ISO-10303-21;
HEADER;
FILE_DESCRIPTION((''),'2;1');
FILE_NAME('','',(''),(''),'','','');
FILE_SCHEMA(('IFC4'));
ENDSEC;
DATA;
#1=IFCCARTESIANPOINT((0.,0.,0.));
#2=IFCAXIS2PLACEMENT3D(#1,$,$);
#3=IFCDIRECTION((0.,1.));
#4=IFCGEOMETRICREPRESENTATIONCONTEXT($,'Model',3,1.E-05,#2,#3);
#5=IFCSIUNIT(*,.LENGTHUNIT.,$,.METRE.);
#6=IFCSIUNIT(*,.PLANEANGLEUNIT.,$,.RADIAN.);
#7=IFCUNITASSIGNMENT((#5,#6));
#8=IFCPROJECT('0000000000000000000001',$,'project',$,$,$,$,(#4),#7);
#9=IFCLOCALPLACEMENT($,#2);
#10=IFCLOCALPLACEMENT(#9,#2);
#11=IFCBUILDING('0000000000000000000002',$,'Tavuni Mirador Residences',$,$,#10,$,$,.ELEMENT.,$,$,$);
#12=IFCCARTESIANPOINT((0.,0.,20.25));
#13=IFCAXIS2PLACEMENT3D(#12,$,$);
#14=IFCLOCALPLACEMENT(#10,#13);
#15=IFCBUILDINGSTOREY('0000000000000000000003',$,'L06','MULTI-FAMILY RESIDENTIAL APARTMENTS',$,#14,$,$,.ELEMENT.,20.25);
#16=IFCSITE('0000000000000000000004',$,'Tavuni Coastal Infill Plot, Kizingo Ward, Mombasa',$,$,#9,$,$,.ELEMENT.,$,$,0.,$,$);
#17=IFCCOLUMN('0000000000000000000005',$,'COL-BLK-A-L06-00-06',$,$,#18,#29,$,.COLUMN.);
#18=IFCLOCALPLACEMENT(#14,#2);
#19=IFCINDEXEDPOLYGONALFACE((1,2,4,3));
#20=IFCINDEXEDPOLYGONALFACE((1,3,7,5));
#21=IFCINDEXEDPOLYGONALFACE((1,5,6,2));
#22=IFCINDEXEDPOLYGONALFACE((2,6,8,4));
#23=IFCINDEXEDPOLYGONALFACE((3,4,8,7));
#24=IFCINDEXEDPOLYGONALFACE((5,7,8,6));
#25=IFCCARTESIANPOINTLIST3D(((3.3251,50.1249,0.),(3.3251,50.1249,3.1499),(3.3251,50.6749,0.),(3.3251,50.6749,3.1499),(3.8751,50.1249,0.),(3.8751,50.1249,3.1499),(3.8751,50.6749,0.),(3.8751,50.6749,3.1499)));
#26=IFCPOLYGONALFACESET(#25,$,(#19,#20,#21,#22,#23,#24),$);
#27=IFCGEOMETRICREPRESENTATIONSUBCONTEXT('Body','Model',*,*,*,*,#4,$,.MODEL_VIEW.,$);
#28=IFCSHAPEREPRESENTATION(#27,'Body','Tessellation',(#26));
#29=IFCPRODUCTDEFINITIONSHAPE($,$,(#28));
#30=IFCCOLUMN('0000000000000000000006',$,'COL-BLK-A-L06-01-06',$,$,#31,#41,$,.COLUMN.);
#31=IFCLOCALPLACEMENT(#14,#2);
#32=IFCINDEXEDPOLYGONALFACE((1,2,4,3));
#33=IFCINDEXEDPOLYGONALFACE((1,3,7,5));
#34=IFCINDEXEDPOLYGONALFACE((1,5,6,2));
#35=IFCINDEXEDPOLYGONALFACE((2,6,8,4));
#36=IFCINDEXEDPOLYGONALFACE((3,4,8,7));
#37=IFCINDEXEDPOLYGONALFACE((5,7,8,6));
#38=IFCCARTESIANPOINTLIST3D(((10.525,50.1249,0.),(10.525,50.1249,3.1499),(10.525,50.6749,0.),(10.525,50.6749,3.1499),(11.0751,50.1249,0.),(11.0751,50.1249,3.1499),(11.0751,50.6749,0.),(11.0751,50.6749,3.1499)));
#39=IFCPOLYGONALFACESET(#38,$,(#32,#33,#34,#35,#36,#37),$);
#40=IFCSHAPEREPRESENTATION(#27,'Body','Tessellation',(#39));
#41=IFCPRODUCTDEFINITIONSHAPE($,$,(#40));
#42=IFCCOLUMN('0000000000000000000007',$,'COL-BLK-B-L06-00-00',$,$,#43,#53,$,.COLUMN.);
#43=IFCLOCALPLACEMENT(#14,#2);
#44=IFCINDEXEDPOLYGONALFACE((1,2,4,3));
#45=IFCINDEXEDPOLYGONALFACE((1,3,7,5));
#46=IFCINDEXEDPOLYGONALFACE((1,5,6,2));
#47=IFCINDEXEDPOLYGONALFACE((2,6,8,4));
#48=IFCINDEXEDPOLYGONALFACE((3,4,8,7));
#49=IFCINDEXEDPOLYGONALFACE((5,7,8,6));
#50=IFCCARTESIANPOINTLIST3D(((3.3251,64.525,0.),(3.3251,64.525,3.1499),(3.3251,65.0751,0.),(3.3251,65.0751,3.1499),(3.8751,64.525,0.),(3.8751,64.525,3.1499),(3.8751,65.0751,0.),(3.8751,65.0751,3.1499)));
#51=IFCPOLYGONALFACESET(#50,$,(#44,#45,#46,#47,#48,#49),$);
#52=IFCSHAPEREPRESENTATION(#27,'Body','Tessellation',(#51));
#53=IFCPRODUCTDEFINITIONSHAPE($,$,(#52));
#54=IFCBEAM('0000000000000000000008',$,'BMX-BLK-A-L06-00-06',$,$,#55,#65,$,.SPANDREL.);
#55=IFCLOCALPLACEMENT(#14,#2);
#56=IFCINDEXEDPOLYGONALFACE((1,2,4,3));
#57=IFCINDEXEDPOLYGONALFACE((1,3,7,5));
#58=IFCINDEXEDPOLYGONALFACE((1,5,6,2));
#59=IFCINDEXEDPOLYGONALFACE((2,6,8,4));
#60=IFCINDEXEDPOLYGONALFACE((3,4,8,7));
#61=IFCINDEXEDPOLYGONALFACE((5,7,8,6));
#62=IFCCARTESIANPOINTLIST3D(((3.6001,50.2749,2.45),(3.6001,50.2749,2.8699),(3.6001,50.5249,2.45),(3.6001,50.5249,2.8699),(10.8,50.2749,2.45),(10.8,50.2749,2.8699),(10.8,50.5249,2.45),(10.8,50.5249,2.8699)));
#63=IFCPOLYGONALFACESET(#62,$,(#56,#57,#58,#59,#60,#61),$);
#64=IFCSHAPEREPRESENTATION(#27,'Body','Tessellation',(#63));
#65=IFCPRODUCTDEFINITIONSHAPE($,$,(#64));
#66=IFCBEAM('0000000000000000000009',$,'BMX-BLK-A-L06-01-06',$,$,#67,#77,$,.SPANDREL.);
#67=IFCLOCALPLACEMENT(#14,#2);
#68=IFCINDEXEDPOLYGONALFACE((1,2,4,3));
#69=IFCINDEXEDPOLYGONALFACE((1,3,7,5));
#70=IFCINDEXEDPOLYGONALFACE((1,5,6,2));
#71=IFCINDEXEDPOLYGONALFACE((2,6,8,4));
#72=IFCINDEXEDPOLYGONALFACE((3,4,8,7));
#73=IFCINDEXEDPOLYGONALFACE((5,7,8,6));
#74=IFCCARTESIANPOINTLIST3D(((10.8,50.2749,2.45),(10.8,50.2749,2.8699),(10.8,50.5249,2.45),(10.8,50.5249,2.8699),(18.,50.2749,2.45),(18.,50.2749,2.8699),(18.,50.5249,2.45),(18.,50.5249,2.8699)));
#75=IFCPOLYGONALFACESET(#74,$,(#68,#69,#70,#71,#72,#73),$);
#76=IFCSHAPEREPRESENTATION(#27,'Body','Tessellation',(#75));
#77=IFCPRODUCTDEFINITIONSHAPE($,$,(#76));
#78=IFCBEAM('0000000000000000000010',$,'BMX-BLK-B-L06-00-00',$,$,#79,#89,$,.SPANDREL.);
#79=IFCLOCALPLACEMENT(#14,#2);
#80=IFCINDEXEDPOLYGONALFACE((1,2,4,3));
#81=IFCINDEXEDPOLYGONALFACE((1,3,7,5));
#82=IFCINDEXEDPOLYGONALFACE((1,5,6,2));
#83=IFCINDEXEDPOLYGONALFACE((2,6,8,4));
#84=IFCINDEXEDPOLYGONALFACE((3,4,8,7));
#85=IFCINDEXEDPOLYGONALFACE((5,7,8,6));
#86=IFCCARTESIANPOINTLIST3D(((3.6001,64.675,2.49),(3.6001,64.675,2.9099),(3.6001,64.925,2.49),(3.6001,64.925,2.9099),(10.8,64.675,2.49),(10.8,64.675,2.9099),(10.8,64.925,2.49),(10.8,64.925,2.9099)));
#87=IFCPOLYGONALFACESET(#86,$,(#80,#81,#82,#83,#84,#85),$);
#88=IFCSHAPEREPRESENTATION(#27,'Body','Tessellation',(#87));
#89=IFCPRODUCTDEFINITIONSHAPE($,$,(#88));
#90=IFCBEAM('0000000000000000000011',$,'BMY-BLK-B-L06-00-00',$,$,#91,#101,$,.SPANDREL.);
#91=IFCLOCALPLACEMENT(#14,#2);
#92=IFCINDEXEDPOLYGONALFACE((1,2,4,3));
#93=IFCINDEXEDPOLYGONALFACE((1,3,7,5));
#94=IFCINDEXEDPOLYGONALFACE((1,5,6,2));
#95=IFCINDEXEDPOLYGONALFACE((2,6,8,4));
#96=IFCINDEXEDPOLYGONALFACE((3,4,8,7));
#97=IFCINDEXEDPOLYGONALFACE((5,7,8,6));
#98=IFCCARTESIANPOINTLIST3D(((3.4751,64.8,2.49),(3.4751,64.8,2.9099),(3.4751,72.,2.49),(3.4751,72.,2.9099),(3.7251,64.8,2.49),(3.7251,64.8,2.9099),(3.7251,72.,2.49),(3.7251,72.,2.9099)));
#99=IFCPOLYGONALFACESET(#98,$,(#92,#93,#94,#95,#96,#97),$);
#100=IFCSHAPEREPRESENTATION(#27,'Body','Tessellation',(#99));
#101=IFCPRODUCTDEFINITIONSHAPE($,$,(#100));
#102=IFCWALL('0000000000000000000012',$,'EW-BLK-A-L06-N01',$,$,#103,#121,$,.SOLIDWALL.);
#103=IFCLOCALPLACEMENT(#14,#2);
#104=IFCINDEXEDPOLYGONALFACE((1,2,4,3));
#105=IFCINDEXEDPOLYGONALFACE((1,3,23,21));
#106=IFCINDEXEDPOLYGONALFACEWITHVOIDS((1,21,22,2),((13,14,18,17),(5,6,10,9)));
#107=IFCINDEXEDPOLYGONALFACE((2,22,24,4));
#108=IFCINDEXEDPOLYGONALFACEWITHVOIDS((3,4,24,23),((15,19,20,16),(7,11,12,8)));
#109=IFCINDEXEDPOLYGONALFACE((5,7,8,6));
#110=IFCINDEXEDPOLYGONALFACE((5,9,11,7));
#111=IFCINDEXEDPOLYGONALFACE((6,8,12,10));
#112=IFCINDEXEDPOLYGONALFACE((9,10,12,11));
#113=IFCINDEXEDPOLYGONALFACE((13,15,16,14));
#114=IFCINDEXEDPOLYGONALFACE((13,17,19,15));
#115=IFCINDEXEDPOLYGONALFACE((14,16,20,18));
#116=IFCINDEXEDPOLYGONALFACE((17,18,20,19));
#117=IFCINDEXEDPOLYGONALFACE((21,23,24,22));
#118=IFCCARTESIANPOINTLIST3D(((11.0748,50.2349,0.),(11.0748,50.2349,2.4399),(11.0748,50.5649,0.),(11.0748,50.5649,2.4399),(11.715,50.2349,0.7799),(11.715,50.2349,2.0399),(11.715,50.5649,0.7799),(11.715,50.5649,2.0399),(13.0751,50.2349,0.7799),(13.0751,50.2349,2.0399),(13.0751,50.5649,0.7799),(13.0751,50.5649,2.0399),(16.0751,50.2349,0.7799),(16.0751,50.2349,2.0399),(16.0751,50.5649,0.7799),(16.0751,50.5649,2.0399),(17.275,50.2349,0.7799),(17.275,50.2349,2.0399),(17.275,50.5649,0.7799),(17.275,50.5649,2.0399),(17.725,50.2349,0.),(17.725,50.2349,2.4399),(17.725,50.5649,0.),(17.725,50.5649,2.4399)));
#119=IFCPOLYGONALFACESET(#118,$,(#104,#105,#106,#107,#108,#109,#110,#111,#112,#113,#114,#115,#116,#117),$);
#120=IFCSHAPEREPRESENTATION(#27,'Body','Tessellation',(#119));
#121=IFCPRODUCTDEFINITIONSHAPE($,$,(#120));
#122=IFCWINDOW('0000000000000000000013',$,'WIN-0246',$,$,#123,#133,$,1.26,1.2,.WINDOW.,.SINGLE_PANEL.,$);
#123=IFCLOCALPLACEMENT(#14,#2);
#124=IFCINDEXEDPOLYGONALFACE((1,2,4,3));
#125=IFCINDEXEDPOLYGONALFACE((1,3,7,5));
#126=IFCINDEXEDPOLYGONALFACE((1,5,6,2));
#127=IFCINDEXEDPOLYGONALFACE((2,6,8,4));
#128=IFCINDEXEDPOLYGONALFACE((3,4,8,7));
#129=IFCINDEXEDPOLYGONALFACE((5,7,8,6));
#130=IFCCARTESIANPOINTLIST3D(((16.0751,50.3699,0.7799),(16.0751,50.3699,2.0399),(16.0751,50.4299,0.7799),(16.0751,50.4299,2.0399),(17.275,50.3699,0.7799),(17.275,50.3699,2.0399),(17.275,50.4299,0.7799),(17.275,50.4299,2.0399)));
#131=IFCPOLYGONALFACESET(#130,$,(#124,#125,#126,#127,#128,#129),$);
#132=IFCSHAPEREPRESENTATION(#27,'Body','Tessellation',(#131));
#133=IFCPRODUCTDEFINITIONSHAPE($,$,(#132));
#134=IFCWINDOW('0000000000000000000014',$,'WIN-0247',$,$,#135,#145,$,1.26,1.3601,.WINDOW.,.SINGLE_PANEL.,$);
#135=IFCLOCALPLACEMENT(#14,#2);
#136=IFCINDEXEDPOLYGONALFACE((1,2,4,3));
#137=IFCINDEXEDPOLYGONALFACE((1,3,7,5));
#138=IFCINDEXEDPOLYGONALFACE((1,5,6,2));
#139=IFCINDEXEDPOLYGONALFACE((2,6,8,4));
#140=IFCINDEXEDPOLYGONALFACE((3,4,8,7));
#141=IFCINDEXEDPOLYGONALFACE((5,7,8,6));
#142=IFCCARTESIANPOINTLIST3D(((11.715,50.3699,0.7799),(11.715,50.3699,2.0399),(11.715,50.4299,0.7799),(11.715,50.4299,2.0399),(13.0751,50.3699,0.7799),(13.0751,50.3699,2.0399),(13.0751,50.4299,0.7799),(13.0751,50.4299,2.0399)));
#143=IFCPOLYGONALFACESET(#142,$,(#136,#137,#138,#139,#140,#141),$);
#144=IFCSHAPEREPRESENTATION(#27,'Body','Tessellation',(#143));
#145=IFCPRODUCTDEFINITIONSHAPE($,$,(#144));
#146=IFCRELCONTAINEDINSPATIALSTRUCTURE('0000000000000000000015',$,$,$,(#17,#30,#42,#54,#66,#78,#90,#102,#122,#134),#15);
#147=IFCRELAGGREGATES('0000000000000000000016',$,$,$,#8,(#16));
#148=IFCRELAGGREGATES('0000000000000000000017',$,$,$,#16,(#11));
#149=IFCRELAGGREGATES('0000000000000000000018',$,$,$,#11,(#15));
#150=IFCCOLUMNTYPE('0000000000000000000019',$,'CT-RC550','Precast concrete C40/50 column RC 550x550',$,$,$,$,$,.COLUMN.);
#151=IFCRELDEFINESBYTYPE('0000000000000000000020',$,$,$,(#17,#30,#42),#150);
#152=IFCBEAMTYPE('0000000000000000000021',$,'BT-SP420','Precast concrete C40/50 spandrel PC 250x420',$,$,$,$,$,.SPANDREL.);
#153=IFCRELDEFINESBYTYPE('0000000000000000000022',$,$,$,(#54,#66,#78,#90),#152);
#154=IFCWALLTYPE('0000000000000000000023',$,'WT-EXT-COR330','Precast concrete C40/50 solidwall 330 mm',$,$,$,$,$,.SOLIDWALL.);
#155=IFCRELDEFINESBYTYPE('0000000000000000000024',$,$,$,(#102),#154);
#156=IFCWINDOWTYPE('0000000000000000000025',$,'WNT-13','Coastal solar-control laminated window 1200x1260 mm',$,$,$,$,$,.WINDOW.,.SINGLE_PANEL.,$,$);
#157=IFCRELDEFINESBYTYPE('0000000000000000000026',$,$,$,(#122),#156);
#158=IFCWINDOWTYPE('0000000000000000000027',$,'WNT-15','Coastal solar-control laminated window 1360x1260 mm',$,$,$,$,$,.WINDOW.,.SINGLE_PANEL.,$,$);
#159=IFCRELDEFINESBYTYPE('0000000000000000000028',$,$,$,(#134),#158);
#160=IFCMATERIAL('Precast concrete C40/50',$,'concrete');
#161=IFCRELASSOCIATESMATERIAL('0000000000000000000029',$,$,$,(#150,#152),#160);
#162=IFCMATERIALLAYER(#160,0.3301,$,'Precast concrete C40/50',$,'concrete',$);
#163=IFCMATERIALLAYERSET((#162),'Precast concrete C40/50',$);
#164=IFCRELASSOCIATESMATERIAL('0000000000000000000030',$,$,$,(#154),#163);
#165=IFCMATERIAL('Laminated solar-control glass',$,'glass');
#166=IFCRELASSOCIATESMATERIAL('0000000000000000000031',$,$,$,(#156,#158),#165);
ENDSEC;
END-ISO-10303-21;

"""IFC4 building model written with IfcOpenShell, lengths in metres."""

from ifc_helpers import new_model, si_unit, direction, frame, frame_2d, origin, origin_2d, place, context, subcontext, project, spatial, rectangle, extrude, material, layer, layer_set, material_profile, profile_set, type_object, element, fill, save


model = new_model("IFC4")

# Units and contexts
model_context = context("Model", 3, precision=1e-05, world=origin(), true_north=direction((0.0, 1.0)))
body_context = subcontext(model_context, "Body", "Model", "MODEL_VIEW")
ifc_project = project(units=[si_unit("LENGTHUNIT", "METRE"), si_unit("PLANEANGLEUNIT", "RADIAN")], contexts=[model_context])

# Site, building, storey
site_placement = place(None, origin())
site = spatial("IfcSite", under=ifc_project, at=site_placement, Name="Tavuni Coastal Infill Plot, Kizingo Ward, Mombasa", CompositionType="ELEMENT", RefElevation=0.0)
building_placement = place(site_placement, origin())
building = spatial("IfcBuilding", under=site, at=building_placement, Name="Tavuni Mirador Residences", CompositionType="ELEMENT")
storey_placement = place(building_placement, frame((0.0, 0.0, 20.25)))
storey = spatial("IfcBuildingStorey", under=building, at=storey_placement, Name="L06", Description="MULTI-FAMILY RESIDENTIAL APARTMENTS", CompositionType="ELEMENT", Elevation=20.25)

# Columns
ifc_material_1 = material(Name="Precast concrete C40/50", Category="concrete")
ifc_material_profile_1 = material_profile(ifc_material_1, rectangle(XDim=0.55, YDim=0.55, at=origin_2d()), Name="RC 550x550", Category="concrete")
ifc_profile_set_1 = profile_set([ifc_material_profile_1], Name="Precast concrete C40/50")
column_type = type_object("IfcColumnType", Name="CT-RC550", Description="Precast concrete C40/50 column RC 550x550", PredefinedType="COLUMN", material=ifc_profile_set_1)
for number, where, z_axis, x_axis, name in (
    (1, (3.6001, 50.3999, 0.0), (0.0, 0.0, 1.0), (1.0, 0.0, 0.0), "COL-BLK-A-L06-00-06"),
    (2, (10.8, 50.3999, 0.0), (0.0, 0.0, 1.0), (1.0, 0.0, 0.0), "COL-BLK-A-L06-01-06"),
    (3, (3.6001, 64.8, 0.0), (0.0, 0.0, 1.0), (1.0, 0.0, 0.0), "COL-BLK-B-L06-00-00"),
):
    element("IfcColumn", number, at=place(storey_placement, frame(where, z_axis=z_axis, x_axis=x_axis)), inside=storey, type_object=column_type, Name=name, PredefinedType="COLUMN", context=body_context, shape_type="SweptSolid", body=[
        extrude(rectangle(XDim=0.55, YDim=0.55, at=origin_2d()), origin(), (0.0, 0.0, 1.0), 3.1499),
    ])

# Beams
ifc_material_profile_2 = material_profile(ifc_material_1, rectangle(XDim=0.25, YDim=0.4199, at=origin_2d()), Name="PC 250x420", Category="concrete")
ifc_profile_set_2 = profile_set([ifc_material_profile_2], Name="Precast concrete C40/50")
beam_type = type_object("IfcBeamType", Name="BT-SP420", Description="Precast concrete C40/50 spandrel PC 250x420", PredefinedType="SPANDREL", material=ifc_profile_set_2)
for number, where, z_axis, x_axis, name in (
    (4, (3.6001, 50.3999, 2.6599), (1.0, 0.0, 0.0), (0.0, 1.0, 0.0), "BMX-BLK-A-L06-00-06"),
    (5, (10.8, 50.3999, 2.6599), (1.0, 0.0, 0.0), (0.0, 1.0, 0.0), "BMX-BLK-A-L06-01-06"),
    (6, (3.6001, 64.8, 2.7), (1.0, 0.0, 0.0), (0.0, 1.0, 0.0), "BMX-BLK-B-L06-00-00"),
    (7, (3.6001, 64.8, 2.7), (0.0, 1.0, 0.0), (-1.0, 0.0, 0.0), "BMY-BLK-B-L06-00-00"),
):
    element("IfcBeam", number, at=place(storey_placement, frame(where, z_axis=z_axis, x_axis=x_axis)), inside=storey, type_object=beam_type, Name=name, PredefinedType="SPANDREL", context=body_context, shape_type="SweptSolid", body=[
        extrude(rectangle(XDim=0.25, YDim=0.4199, at=origin_2d()), origin(), (0.0, 0.0, 1.0), 7.2),
    ])

# Wall, openings, windows
ifc_layer_1 = layer(ifc_material_1, 0.3301, Name="Precast concrete C40/50", Category="concrete")
ifc_layer_set_1 = layer_set([ifc_layer_1], Name="Precast concrete C40/50")
wall_type_1 = type_object("IfcWallType", Name="WT-EXT-COR330", Description="Precast concrete C40/50 solidwall 330 mm", PredefinedType="SOLIDWALL", material=ifc_layer_set_1)
wall_1_placement = place(storey_placement, frame((17.7251, 50.3999, 0.0), z_axis=(0.0, 0.0, 1.0), x_axis=(-1.0, 0.0, 0.0)))
wall_1 = element("IfcWall", 8, at=wall_1_placement, inside=storey, type_object=wall_type_1, Name="EW-BLK-A-L06-N01", PredefinedType="SOLIDWALL", context=body_context, shape_type="SweptSolid", body=[
    extrude(rectangle(XDim=6.6501, YDim=0.3301, at=frame_2d((3.3252, 0.0))), origin(), (0.0, 0.0, 1.0), 2.4399),
])
opening_1_placement = place(wall_1_placement, frame((0.45, 0.0, 0.78)))
opening_1 = element("IfcOpeningElement", 9, at=opening_1_placement, cuts=wall_1, PredefinedType="OPENING", context=body_context, shape_type="SweptSolid", body=[
    extrude(rectangle(XDim=1.2, YDim=1.26, at=frame_2d((0.6001, 0.6299))), frame((0.0, 0.175, 0.0), z_axis=(0.0, -1.0, 0.0), x_axis=(1.0, 0.0, 0.0)), (0.0, 0.0, 1.0), 0.3501),
])
opening_2_placement = place(wall_1_placement, frame((4.6499, 0.0, 0.78)))
opening_2 = element("IfcOpeningElement", 10, at=opening_2_placement, cuts=wall_1, PredefinedType="OPENING", context=body_context, shape_type="SweptSolid", body=[
    extrude(rectangle(XDim=1.3601, YDim=1.26, at=frame_2d((0.6802, 0.6299))), frame((0.0, 0.175, 0.0), z_axis=(0.0, -1.0, 0.0), x_axis=(1.0, 0.0, 0.0)), (0.0, 0.0, 1.0), 0.3501),
])
ifc_material_2 = material(Name="Laminated solar-control glass", Category="glass")
window_type_1 = type_object("IfcWindowType", Name="WNT-13", Description="Coastal solar-control laminated window 1200x1260 mm", PartitioningType="SINGLE_PANEL", PredefinedType="WINDOW", material=ifc_material_2)
window_1_placement = place(opening_1_placement, origin())
window_1 = element("IfcWindow", 11, at=window_1_placement, inside=storey, type_object=window_type_1, Name="WIN-0246", OverallHeight=1.26, OverallWidth=1.2, PartitioningType="SINGLE_PANEL", PredefinedType="WINDOW", context=body_context, shape_type="SweptSolid", body=[
    extrude(rectangle(XDim=1.2, YDim=1.26, at=frame_2d((0.6001, 0.6299))), frame((0.0, 0.03, 0.0), z_axis=(0.0, -1.0, 0.0), x_axis=(1.0, 0.0, 0.0)), (0.0, 0.0, 1.0), 0.0601),
])
fill(opening_1, window_1)
window_type_2 = type_object("IfcWindowType", Name="WNT-15", Description="Coastal solar-control laminated window 1360x1260 mm", PartitioningType="SINGLE_PANEL", PredefinedType="WINDOW", material=ifc_material_2)
window_2_placement = place(opening_2_placement, origin())
window_2 = element("IfcWindow", 12, at=window_2_placement, inside=storey, type_object=window_type_2, Name="WIN-0247", OverallHeight=1.26, OverallWidth=1.3601, PartitioningType="SINGLE_PANEL", PredefinedType="WINDOW", context=body_context, shape_type="SweptSolid", body=[
    extrude(rectangle(XDim=1.3601, YDim=1.26, at=frame_2d((0.6802, 0.6299))), frame((0.0, 0.03, 0.0), z_axis=(0.0, -1.0, 0.0), x_axis=(1.0, 0.0, 0.0)), (0.0, 0.0, 1.0), 0.0601),
])
fill(opening_2, window_2)

save(model, "model.ifc")
